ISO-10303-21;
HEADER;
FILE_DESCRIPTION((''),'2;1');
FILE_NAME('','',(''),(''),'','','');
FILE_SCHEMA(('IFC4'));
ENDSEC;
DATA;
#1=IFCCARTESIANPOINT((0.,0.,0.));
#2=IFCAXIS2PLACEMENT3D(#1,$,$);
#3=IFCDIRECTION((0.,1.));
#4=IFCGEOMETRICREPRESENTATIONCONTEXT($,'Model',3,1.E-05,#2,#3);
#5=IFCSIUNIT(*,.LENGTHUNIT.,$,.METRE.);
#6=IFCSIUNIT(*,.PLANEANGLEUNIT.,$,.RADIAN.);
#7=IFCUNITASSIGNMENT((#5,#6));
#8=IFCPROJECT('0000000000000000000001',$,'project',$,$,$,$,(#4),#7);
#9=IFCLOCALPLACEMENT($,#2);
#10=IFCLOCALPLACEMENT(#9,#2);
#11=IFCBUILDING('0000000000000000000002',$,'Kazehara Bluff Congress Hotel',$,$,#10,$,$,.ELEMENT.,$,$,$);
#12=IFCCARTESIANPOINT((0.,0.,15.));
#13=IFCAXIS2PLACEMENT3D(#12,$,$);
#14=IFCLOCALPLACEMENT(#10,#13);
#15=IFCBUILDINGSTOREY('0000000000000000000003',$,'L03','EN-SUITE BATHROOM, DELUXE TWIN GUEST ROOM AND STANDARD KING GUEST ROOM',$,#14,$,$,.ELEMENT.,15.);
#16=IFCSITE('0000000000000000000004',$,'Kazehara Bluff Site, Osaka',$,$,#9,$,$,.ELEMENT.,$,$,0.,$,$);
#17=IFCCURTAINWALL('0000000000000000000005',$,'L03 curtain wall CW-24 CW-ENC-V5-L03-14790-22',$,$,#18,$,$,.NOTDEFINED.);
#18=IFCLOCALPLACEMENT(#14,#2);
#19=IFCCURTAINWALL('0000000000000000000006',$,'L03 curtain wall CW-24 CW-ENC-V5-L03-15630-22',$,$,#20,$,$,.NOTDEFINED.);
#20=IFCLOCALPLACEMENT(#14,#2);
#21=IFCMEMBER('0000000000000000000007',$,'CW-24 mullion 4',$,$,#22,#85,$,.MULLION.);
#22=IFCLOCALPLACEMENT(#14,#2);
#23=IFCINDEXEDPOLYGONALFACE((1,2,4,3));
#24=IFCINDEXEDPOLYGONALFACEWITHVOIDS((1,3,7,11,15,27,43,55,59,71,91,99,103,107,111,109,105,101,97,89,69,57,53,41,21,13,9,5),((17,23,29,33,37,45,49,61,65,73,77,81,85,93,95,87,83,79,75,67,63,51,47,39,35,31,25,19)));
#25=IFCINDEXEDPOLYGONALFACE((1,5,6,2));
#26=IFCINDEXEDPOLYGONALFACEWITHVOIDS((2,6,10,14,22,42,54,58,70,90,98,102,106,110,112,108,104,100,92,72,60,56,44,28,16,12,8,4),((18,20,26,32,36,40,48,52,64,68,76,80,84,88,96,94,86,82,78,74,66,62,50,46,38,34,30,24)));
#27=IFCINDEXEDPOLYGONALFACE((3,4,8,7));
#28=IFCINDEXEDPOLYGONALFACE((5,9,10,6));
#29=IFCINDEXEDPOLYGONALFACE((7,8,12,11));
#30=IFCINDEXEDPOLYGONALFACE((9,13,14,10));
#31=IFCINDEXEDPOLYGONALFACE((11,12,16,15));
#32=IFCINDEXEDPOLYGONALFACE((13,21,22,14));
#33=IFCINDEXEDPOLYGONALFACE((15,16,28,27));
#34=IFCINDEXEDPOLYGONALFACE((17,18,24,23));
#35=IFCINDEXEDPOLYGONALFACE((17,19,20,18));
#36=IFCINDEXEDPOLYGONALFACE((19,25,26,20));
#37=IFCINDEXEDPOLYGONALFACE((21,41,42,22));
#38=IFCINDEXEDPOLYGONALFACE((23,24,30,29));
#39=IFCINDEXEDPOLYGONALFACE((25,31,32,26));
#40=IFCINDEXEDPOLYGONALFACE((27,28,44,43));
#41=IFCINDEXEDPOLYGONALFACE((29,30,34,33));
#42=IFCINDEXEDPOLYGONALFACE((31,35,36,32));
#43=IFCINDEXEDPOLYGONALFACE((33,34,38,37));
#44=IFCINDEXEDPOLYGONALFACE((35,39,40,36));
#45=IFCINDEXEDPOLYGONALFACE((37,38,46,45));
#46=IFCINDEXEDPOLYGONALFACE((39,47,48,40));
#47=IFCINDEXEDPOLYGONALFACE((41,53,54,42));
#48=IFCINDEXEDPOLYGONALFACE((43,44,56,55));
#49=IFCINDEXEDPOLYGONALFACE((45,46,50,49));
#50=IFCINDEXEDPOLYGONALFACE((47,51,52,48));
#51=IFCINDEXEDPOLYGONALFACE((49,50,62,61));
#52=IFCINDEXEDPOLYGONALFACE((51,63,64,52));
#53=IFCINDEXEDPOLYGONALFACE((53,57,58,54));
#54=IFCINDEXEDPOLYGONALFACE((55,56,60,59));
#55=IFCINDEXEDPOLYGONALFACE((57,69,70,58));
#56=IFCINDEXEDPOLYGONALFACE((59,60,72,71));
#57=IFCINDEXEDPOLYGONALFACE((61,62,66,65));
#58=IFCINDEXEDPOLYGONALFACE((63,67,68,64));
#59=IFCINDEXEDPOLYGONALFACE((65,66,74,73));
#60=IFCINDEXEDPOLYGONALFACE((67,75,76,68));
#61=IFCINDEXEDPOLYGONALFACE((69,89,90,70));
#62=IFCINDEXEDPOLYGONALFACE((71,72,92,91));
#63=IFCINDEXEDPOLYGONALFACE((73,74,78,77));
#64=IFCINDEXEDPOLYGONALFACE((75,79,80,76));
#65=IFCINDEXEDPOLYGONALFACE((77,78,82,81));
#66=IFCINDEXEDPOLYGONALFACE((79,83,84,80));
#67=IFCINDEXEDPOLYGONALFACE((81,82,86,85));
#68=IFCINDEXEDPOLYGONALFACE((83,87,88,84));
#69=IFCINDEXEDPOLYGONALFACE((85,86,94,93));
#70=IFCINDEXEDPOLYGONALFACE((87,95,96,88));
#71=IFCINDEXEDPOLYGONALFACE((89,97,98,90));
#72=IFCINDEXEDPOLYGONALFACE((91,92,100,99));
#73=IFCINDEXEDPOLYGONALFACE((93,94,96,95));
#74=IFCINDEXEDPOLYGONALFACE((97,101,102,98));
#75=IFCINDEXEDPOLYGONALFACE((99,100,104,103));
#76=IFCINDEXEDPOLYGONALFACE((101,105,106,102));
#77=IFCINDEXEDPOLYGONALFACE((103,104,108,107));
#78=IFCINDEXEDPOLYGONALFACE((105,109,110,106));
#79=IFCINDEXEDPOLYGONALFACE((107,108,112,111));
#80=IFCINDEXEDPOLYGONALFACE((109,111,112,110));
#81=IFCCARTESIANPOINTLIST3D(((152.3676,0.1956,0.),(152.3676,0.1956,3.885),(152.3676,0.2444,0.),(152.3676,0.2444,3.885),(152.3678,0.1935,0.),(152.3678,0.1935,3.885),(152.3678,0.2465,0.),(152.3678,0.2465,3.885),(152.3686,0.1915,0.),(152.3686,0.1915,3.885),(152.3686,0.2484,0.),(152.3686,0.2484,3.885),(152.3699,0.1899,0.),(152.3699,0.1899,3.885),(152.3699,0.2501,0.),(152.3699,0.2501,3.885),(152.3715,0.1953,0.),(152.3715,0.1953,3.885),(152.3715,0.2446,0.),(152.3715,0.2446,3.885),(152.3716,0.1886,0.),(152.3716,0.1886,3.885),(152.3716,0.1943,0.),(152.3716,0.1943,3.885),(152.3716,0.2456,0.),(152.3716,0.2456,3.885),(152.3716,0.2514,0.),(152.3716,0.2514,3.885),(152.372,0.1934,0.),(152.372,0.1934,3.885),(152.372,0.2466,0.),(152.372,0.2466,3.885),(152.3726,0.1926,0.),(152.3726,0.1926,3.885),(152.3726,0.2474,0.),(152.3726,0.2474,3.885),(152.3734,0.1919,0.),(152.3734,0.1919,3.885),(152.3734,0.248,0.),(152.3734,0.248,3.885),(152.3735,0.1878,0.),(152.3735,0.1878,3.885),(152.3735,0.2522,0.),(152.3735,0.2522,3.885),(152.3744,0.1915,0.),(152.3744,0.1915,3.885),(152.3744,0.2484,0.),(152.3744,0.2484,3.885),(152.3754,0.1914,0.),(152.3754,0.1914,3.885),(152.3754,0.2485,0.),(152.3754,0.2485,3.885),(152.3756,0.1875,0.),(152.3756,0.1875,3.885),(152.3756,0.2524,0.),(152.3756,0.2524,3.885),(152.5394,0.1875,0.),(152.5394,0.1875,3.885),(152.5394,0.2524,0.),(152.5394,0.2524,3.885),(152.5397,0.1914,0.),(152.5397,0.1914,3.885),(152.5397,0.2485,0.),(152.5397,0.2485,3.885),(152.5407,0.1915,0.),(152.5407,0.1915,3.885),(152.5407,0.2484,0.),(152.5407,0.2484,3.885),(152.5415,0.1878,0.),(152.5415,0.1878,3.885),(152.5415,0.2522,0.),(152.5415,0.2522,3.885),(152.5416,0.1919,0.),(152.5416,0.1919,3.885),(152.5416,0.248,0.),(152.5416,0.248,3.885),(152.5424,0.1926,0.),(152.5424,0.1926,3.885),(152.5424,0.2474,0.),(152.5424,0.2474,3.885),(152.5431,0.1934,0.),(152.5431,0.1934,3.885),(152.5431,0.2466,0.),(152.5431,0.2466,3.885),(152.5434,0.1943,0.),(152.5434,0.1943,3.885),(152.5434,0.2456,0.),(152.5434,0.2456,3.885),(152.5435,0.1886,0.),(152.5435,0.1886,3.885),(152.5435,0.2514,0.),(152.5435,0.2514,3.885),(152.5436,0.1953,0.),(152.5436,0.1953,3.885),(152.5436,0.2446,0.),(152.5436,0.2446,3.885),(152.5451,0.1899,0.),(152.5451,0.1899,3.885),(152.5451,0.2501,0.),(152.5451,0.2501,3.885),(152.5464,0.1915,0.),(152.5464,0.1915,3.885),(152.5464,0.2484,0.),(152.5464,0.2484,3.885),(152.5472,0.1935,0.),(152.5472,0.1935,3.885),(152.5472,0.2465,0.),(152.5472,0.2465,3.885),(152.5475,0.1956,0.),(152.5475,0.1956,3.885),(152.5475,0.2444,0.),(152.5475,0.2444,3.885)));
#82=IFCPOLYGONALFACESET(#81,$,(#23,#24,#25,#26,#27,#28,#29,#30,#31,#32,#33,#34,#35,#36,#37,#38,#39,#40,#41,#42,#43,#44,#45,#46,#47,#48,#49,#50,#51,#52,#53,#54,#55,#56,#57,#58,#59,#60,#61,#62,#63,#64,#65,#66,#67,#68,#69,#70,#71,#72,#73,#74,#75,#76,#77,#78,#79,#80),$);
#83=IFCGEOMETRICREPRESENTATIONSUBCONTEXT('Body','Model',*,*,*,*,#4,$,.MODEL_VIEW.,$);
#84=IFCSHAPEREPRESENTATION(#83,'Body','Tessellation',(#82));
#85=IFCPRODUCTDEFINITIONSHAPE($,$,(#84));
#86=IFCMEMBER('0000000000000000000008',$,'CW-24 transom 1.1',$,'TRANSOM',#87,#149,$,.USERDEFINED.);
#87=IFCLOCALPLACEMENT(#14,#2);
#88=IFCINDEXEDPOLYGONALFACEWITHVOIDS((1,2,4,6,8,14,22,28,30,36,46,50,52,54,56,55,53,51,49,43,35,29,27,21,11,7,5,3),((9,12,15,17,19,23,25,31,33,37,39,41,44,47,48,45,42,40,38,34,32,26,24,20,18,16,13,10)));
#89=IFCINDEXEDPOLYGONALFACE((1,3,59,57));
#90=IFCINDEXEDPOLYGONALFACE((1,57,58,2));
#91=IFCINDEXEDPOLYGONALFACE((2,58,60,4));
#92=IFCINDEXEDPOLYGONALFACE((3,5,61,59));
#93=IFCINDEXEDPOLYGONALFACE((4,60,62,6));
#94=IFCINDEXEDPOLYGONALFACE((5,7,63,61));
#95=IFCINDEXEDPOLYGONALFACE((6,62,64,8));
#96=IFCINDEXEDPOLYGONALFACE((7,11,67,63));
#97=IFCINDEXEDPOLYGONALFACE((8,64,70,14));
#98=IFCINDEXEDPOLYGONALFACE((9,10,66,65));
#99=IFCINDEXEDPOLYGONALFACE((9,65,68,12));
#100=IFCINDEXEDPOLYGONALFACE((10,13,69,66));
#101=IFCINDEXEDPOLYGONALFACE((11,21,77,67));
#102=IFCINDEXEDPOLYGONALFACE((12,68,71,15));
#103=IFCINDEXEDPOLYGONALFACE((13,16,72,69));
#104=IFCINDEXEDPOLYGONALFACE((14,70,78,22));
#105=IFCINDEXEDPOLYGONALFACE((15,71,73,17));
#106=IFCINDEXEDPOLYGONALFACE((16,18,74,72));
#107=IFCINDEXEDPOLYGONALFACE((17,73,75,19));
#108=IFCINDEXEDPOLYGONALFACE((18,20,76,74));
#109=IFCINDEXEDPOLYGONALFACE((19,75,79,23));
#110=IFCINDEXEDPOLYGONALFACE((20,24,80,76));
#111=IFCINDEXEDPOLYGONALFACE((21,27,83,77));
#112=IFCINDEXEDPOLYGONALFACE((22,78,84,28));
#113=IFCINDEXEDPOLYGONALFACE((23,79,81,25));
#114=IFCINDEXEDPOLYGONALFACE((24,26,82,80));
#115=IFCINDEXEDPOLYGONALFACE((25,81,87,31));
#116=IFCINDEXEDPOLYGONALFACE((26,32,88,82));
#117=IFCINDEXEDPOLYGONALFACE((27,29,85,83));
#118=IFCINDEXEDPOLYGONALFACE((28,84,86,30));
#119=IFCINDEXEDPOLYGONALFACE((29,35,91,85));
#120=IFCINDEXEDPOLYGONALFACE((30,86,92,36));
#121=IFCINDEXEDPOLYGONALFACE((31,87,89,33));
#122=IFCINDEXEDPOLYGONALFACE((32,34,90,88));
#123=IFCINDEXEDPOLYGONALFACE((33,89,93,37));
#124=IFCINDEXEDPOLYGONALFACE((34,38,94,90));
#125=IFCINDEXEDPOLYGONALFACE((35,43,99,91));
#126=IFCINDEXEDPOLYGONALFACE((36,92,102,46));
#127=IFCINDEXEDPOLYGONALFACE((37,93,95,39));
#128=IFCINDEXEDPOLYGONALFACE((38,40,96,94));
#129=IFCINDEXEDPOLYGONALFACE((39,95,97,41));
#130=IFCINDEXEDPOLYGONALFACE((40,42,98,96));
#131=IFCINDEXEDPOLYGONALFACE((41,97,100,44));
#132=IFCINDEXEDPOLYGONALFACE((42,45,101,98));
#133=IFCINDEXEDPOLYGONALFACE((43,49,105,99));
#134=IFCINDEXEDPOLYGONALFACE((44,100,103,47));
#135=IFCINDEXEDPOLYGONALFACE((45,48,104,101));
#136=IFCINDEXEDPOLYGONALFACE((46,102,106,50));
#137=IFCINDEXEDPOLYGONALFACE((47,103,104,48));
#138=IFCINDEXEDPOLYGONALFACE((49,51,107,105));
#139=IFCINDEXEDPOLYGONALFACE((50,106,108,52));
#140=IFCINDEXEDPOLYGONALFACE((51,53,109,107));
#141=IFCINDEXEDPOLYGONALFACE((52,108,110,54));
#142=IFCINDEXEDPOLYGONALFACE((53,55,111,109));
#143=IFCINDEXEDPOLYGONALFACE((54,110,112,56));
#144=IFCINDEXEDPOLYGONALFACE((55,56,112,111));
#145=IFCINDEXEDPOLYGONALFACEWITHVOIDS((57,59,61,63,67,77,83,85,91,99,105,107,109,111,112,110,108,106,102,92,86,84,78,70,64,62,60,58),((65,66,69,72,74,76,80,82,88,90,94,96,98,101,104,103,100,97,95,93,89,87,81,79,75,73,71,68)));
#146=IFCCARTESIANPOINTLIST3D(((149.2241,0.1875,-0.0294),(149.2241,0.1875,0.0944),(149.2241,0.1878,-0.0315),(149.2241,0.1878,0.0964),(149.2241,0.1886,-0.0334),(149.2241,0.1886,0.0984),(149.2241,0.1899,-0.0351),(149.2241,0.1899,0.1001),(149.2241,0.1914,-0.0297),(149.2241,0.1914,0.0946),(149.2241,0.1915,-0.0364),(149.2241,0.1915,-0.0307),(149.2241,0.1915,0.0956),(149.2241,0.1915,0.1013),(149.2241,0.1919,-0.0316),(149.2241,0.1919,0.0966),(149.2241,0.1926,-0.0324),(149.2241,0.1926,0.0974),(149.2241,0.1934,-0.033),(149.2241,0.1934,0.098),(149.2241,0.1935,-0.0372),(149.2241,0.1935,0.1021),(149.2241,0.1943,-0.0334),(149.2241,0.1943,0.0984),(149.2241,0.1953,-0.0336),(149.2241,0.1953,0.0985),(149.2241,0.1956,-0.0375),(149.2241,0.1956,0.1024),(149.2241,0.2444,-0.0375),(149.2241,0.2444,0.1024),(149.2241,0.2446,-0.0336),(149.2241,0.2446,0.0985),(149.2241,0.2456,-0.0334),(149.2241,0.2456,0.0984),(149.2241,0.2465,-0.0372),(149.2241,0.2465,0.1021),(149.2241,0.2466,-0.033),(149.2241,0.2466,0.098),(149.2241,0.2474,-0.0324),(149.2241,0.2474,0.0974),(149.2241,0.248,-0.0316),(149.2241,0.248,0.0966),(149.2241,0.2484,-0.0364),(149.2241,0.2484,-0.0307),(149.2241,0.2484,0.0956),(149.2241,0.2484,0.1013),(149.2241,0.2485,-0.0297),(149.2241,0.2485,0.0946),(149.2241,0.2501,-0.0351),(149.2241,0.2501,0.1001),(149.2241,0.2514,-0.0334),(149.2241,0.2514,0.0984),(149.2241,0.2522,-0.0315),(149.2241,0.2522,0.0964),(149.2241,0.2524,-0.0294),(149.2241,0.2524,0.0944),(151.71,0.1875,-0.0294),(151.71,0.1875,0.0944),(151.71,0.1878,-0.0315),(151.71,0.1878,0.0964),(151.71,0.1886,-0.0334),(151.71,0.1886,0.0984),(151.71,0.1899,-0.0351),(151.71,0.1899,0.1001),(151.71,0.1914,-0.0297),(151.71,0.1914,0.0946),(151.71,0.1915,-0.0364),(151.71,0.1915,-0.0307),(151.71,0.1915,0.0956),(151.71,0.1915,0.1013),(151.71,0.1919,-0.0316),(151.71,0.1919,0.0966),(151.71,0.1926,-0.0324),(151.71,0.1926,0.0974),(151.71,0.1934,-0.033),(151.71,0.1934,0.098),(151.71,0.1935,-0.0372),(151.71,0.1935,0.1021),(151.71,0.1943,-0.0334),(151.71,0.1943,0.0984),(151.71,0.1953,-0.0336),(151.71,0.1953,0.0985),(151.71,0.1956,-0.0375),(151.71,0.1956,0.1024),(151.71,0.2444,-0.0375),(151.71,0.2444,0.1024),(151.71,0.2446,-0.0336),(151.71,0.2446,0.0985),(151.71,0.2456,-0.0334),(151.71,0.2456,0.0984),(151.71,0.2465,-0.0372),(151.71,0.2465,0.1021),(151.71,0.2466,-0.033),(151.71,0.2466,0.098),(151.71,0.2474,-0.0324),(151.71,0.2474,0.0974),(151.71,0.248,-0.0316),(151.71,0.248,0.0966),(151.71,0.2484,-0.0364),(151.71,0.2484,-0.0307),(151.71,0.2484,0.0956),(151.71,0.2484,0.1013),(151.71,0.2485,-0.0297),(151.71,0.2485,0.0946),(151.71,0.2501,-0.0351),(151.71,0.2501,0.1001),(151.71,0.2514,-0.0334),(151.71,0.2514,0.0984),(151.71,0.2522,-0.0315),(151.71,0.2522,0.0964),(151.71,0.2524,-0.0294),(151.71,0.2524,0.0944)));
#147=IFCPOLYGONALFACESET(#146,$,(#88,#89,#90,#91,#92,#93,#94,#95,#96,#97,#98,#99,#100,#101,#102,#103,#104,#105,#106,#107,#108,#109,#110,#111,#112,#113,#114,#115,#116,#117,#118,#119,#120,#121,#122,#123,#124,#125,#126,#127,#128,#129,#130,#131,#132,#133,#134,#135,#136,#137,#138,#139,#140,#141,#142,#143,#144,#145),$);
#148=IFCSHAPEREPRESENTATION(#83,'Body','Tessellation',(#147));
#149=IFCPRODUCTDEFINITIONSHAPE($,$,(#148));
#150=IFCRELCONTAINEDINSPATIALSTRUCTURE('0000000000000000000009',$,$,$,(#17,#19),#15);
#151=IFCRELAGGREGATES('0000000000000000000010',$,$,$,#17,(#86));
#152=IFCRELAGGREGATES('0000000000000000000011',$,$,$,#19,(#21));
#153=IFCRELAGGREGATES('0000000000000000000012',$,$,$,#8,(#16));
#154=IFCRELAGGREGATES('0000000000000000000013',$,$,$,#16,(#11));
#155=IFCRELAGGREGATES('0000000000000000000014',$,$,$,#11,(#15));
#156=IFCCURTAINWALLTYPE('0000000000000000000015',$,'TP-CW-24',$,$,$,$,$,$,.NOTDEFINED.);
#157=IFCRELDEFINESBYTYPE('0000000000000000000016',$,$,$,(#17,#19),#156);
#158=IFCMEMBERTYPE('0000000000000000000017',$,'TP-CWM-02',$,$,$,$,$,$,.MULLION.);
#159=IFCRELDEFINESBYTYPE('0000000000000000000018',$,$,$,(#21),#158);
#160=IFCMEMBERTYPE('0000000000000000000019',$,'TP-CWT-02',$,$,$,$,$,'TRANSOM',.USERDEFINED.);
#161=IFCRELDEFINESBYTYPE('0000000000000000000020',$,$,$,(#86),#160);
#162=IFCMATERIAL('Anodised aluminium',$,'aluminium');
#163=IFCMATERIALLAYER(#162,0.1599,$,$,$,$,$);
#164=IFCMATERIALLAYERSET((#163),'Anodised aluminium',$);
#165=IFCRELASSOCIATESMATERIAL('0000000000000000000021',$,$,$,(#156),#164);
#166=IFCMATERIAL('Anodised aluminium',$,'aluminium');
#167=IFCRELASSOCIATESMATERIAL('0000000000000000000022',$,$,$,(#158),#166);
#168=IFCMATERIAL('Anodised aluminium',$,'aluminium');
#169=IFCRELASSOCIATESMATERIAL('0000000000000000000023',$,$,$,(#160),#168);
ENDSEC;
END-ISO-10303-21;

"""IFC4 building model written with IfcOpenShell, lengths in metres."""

from ifc_helpers import new_model, si_unit, direction, frame, origin, origin_2d, place, context, subcontext, project, spatial, hollow_rectangle, extrude, material, layer, layer_set, material_profile, profile_set, type_object, element, aggregate, save


model = new_model("IFC4")

# Units and contexts
model_context = context("Model", 3, precision=1e-05, world=origin(), true_north=direction((0.0, 1.0)))
body_context = subcontext(model_context, "Body", "Model", "MODEL_VIEW")
ifc_project = project(units=[si_unit("LENGTHUNIT", "METRE"), si_unit("PLANEANGLEUNIT", "RADIAN")], contexts=[model_context])

# Site, building, storey
site_placement = place(None, origin())
site = spatial("IfcSite", under=ifc_project, at=site_placement, Name="Kazehara Bluff Site, Osaka", CompositionType="ELEMENT", RefElevation=0.0)
building_placement = place(site_placement, origin())
building = spatial("IfcBuilding", under=site, at=building_placement, Name="Kazehara Bluff Congress Hotel", CompositionType="ELEMENT")
storey_placement = place(building_placement, frame((0.0, 0.0, 15.0)))
storey = spatial("IfcBuildingStorey", under=building, at=storey_placement, Name="L03", Description="EN-SUITE BATHROOM, DELUXE TWIN GUEST ROOM AND STANDARD KING GUEST ROOM", CompositionType="ELEMENT", Elevation=15.0)

# Curtain walls, member
ifc_material_1 = material(Name="Anodised aluminium", Category="aluminium")
ifc_layer_1 = layer(ifc_material_1, 0.1599)
ifc_layer_set_1 = layer_set([ifc_layer_1], Name="Anodised aluminium")
curtain_wall_type = type_object("IfcCurtainWallType", Name="TP-CW-24", PredefinedType="NOTDEFINED", material=ifc_layer_set_1)
curtain_wall_1_placement = place(storey_placement, origin())
curtain_wall_1 = element("IfcCurtainWall", 1, at=curtain_wall_1_placement, inside=storey, type_object=curtain_wall_type, Name="L03 curtain wall CW-24 CW-ENC-V5-L03-14790-22", PredefinedType="NOTDEFINED")
ifc_material_2 = material(Name="Anodised aluminium", Category="aluminium")
ifc_material_profile_1 = material_profile(ifc_material_2, hollow_rectangle(XDim=0.0649, YDim=0.1799, WallThickness=0.0039, InnerFilletRadius=0.0039, OuterFilletRadius=0.0081, at=origin_2d()))
ifc_profile_set_1 = profile_set([ifc_material_profile_1], Name="Anodised aluminium")
member_type_1 = type_object("IfcMemberType", Name="TP-CWM-02", PredefinedType="MULLION", material=ifc_profile_set_1)
curtain_wall_2_placement = place(storey_placement, origin())
curtain_wall_2 = element("IfcCurtainWall", 2, at=curtain_wall_2_placement, inside=storey, type_object=curtain_wall_type, Name="L03 curtain wall CW-24 CW-ENC-V5-L03-15630-22", PredefinedType="NOTDEFINED")
member_1_placement = place(storey_placement, frame((152.4575, 0.22, 0.0), z_axis=(0.0, 0.0, 1.0), x_axis=(0.0, -1.0, 0.0)))
member_1 = element("IfcMember", 3, at=member_1_placement, type_object=member_type_1, Name="CW-24 mullion 4", PredefinedType="MULLION", context=body_context, shape_type="SweptSolid", body=[
    extrude(hollow_rectangle(XDim=0.0649, YDim=0.1799, WallThickness=0.0039, InnerFilletRadius=0.0039, OuterFilletRadius=0.0081, at=origin_2d()), origin(), (0.0, 0.0, 1.0), 3.885),
])

# Member
ifc_material_3 = material(Name="Anodised aluminium", Category="aluminium")
ifc_material_profile_2 = material_profile(ifc_material_3, hollow_rectangle(XDim=0.0649, YDim=0.1399, WallThickness=0.0039, InnerFilletRadius=0.0039, OuterFilletRadius=0.0081, at=origin_2d()))
ifc_profile_set_2 = profile_set([ifc_material_profile_2], Name="Anodised aluminium")
member_type_2 = type_object("IfcMemberType", Name="TP-CWT-02", ElementType="TRANSOM", PredefinedType="USERDEFINED", material=ifc_profile_set_2)
member_2_placement = place(storey_placement, frame((151.71, 0.22, 0.0325), z_axis=(-1.0, 0.0, 0.0), x_axis=(0.0, -1.0, 0.0)))
member_2 = element("IfcMember", 4, at=member_2_placement, type_object=member_type_2, Name="CW-24 transom 1.1", ObjectType="TRANSOM", PredefinedType="USERDEFINED", context=body_context, shape_type="SweptSolid", body=[
    extrude(hollow_rectangle(XDim=0.0649, YDim=0.1399, WallThickness=0.0039, InnerFilletRadius=0.0039, OuterFilletRadius=0.0081, at=origin_2d()), origin(), (0.0, 0.0, 1.0), 2.4858),
])

aggregate(curtain_wall_1, [member_2])
aggregate(curtain_wall_2, [member_1])

save(model, "model.ifc")
